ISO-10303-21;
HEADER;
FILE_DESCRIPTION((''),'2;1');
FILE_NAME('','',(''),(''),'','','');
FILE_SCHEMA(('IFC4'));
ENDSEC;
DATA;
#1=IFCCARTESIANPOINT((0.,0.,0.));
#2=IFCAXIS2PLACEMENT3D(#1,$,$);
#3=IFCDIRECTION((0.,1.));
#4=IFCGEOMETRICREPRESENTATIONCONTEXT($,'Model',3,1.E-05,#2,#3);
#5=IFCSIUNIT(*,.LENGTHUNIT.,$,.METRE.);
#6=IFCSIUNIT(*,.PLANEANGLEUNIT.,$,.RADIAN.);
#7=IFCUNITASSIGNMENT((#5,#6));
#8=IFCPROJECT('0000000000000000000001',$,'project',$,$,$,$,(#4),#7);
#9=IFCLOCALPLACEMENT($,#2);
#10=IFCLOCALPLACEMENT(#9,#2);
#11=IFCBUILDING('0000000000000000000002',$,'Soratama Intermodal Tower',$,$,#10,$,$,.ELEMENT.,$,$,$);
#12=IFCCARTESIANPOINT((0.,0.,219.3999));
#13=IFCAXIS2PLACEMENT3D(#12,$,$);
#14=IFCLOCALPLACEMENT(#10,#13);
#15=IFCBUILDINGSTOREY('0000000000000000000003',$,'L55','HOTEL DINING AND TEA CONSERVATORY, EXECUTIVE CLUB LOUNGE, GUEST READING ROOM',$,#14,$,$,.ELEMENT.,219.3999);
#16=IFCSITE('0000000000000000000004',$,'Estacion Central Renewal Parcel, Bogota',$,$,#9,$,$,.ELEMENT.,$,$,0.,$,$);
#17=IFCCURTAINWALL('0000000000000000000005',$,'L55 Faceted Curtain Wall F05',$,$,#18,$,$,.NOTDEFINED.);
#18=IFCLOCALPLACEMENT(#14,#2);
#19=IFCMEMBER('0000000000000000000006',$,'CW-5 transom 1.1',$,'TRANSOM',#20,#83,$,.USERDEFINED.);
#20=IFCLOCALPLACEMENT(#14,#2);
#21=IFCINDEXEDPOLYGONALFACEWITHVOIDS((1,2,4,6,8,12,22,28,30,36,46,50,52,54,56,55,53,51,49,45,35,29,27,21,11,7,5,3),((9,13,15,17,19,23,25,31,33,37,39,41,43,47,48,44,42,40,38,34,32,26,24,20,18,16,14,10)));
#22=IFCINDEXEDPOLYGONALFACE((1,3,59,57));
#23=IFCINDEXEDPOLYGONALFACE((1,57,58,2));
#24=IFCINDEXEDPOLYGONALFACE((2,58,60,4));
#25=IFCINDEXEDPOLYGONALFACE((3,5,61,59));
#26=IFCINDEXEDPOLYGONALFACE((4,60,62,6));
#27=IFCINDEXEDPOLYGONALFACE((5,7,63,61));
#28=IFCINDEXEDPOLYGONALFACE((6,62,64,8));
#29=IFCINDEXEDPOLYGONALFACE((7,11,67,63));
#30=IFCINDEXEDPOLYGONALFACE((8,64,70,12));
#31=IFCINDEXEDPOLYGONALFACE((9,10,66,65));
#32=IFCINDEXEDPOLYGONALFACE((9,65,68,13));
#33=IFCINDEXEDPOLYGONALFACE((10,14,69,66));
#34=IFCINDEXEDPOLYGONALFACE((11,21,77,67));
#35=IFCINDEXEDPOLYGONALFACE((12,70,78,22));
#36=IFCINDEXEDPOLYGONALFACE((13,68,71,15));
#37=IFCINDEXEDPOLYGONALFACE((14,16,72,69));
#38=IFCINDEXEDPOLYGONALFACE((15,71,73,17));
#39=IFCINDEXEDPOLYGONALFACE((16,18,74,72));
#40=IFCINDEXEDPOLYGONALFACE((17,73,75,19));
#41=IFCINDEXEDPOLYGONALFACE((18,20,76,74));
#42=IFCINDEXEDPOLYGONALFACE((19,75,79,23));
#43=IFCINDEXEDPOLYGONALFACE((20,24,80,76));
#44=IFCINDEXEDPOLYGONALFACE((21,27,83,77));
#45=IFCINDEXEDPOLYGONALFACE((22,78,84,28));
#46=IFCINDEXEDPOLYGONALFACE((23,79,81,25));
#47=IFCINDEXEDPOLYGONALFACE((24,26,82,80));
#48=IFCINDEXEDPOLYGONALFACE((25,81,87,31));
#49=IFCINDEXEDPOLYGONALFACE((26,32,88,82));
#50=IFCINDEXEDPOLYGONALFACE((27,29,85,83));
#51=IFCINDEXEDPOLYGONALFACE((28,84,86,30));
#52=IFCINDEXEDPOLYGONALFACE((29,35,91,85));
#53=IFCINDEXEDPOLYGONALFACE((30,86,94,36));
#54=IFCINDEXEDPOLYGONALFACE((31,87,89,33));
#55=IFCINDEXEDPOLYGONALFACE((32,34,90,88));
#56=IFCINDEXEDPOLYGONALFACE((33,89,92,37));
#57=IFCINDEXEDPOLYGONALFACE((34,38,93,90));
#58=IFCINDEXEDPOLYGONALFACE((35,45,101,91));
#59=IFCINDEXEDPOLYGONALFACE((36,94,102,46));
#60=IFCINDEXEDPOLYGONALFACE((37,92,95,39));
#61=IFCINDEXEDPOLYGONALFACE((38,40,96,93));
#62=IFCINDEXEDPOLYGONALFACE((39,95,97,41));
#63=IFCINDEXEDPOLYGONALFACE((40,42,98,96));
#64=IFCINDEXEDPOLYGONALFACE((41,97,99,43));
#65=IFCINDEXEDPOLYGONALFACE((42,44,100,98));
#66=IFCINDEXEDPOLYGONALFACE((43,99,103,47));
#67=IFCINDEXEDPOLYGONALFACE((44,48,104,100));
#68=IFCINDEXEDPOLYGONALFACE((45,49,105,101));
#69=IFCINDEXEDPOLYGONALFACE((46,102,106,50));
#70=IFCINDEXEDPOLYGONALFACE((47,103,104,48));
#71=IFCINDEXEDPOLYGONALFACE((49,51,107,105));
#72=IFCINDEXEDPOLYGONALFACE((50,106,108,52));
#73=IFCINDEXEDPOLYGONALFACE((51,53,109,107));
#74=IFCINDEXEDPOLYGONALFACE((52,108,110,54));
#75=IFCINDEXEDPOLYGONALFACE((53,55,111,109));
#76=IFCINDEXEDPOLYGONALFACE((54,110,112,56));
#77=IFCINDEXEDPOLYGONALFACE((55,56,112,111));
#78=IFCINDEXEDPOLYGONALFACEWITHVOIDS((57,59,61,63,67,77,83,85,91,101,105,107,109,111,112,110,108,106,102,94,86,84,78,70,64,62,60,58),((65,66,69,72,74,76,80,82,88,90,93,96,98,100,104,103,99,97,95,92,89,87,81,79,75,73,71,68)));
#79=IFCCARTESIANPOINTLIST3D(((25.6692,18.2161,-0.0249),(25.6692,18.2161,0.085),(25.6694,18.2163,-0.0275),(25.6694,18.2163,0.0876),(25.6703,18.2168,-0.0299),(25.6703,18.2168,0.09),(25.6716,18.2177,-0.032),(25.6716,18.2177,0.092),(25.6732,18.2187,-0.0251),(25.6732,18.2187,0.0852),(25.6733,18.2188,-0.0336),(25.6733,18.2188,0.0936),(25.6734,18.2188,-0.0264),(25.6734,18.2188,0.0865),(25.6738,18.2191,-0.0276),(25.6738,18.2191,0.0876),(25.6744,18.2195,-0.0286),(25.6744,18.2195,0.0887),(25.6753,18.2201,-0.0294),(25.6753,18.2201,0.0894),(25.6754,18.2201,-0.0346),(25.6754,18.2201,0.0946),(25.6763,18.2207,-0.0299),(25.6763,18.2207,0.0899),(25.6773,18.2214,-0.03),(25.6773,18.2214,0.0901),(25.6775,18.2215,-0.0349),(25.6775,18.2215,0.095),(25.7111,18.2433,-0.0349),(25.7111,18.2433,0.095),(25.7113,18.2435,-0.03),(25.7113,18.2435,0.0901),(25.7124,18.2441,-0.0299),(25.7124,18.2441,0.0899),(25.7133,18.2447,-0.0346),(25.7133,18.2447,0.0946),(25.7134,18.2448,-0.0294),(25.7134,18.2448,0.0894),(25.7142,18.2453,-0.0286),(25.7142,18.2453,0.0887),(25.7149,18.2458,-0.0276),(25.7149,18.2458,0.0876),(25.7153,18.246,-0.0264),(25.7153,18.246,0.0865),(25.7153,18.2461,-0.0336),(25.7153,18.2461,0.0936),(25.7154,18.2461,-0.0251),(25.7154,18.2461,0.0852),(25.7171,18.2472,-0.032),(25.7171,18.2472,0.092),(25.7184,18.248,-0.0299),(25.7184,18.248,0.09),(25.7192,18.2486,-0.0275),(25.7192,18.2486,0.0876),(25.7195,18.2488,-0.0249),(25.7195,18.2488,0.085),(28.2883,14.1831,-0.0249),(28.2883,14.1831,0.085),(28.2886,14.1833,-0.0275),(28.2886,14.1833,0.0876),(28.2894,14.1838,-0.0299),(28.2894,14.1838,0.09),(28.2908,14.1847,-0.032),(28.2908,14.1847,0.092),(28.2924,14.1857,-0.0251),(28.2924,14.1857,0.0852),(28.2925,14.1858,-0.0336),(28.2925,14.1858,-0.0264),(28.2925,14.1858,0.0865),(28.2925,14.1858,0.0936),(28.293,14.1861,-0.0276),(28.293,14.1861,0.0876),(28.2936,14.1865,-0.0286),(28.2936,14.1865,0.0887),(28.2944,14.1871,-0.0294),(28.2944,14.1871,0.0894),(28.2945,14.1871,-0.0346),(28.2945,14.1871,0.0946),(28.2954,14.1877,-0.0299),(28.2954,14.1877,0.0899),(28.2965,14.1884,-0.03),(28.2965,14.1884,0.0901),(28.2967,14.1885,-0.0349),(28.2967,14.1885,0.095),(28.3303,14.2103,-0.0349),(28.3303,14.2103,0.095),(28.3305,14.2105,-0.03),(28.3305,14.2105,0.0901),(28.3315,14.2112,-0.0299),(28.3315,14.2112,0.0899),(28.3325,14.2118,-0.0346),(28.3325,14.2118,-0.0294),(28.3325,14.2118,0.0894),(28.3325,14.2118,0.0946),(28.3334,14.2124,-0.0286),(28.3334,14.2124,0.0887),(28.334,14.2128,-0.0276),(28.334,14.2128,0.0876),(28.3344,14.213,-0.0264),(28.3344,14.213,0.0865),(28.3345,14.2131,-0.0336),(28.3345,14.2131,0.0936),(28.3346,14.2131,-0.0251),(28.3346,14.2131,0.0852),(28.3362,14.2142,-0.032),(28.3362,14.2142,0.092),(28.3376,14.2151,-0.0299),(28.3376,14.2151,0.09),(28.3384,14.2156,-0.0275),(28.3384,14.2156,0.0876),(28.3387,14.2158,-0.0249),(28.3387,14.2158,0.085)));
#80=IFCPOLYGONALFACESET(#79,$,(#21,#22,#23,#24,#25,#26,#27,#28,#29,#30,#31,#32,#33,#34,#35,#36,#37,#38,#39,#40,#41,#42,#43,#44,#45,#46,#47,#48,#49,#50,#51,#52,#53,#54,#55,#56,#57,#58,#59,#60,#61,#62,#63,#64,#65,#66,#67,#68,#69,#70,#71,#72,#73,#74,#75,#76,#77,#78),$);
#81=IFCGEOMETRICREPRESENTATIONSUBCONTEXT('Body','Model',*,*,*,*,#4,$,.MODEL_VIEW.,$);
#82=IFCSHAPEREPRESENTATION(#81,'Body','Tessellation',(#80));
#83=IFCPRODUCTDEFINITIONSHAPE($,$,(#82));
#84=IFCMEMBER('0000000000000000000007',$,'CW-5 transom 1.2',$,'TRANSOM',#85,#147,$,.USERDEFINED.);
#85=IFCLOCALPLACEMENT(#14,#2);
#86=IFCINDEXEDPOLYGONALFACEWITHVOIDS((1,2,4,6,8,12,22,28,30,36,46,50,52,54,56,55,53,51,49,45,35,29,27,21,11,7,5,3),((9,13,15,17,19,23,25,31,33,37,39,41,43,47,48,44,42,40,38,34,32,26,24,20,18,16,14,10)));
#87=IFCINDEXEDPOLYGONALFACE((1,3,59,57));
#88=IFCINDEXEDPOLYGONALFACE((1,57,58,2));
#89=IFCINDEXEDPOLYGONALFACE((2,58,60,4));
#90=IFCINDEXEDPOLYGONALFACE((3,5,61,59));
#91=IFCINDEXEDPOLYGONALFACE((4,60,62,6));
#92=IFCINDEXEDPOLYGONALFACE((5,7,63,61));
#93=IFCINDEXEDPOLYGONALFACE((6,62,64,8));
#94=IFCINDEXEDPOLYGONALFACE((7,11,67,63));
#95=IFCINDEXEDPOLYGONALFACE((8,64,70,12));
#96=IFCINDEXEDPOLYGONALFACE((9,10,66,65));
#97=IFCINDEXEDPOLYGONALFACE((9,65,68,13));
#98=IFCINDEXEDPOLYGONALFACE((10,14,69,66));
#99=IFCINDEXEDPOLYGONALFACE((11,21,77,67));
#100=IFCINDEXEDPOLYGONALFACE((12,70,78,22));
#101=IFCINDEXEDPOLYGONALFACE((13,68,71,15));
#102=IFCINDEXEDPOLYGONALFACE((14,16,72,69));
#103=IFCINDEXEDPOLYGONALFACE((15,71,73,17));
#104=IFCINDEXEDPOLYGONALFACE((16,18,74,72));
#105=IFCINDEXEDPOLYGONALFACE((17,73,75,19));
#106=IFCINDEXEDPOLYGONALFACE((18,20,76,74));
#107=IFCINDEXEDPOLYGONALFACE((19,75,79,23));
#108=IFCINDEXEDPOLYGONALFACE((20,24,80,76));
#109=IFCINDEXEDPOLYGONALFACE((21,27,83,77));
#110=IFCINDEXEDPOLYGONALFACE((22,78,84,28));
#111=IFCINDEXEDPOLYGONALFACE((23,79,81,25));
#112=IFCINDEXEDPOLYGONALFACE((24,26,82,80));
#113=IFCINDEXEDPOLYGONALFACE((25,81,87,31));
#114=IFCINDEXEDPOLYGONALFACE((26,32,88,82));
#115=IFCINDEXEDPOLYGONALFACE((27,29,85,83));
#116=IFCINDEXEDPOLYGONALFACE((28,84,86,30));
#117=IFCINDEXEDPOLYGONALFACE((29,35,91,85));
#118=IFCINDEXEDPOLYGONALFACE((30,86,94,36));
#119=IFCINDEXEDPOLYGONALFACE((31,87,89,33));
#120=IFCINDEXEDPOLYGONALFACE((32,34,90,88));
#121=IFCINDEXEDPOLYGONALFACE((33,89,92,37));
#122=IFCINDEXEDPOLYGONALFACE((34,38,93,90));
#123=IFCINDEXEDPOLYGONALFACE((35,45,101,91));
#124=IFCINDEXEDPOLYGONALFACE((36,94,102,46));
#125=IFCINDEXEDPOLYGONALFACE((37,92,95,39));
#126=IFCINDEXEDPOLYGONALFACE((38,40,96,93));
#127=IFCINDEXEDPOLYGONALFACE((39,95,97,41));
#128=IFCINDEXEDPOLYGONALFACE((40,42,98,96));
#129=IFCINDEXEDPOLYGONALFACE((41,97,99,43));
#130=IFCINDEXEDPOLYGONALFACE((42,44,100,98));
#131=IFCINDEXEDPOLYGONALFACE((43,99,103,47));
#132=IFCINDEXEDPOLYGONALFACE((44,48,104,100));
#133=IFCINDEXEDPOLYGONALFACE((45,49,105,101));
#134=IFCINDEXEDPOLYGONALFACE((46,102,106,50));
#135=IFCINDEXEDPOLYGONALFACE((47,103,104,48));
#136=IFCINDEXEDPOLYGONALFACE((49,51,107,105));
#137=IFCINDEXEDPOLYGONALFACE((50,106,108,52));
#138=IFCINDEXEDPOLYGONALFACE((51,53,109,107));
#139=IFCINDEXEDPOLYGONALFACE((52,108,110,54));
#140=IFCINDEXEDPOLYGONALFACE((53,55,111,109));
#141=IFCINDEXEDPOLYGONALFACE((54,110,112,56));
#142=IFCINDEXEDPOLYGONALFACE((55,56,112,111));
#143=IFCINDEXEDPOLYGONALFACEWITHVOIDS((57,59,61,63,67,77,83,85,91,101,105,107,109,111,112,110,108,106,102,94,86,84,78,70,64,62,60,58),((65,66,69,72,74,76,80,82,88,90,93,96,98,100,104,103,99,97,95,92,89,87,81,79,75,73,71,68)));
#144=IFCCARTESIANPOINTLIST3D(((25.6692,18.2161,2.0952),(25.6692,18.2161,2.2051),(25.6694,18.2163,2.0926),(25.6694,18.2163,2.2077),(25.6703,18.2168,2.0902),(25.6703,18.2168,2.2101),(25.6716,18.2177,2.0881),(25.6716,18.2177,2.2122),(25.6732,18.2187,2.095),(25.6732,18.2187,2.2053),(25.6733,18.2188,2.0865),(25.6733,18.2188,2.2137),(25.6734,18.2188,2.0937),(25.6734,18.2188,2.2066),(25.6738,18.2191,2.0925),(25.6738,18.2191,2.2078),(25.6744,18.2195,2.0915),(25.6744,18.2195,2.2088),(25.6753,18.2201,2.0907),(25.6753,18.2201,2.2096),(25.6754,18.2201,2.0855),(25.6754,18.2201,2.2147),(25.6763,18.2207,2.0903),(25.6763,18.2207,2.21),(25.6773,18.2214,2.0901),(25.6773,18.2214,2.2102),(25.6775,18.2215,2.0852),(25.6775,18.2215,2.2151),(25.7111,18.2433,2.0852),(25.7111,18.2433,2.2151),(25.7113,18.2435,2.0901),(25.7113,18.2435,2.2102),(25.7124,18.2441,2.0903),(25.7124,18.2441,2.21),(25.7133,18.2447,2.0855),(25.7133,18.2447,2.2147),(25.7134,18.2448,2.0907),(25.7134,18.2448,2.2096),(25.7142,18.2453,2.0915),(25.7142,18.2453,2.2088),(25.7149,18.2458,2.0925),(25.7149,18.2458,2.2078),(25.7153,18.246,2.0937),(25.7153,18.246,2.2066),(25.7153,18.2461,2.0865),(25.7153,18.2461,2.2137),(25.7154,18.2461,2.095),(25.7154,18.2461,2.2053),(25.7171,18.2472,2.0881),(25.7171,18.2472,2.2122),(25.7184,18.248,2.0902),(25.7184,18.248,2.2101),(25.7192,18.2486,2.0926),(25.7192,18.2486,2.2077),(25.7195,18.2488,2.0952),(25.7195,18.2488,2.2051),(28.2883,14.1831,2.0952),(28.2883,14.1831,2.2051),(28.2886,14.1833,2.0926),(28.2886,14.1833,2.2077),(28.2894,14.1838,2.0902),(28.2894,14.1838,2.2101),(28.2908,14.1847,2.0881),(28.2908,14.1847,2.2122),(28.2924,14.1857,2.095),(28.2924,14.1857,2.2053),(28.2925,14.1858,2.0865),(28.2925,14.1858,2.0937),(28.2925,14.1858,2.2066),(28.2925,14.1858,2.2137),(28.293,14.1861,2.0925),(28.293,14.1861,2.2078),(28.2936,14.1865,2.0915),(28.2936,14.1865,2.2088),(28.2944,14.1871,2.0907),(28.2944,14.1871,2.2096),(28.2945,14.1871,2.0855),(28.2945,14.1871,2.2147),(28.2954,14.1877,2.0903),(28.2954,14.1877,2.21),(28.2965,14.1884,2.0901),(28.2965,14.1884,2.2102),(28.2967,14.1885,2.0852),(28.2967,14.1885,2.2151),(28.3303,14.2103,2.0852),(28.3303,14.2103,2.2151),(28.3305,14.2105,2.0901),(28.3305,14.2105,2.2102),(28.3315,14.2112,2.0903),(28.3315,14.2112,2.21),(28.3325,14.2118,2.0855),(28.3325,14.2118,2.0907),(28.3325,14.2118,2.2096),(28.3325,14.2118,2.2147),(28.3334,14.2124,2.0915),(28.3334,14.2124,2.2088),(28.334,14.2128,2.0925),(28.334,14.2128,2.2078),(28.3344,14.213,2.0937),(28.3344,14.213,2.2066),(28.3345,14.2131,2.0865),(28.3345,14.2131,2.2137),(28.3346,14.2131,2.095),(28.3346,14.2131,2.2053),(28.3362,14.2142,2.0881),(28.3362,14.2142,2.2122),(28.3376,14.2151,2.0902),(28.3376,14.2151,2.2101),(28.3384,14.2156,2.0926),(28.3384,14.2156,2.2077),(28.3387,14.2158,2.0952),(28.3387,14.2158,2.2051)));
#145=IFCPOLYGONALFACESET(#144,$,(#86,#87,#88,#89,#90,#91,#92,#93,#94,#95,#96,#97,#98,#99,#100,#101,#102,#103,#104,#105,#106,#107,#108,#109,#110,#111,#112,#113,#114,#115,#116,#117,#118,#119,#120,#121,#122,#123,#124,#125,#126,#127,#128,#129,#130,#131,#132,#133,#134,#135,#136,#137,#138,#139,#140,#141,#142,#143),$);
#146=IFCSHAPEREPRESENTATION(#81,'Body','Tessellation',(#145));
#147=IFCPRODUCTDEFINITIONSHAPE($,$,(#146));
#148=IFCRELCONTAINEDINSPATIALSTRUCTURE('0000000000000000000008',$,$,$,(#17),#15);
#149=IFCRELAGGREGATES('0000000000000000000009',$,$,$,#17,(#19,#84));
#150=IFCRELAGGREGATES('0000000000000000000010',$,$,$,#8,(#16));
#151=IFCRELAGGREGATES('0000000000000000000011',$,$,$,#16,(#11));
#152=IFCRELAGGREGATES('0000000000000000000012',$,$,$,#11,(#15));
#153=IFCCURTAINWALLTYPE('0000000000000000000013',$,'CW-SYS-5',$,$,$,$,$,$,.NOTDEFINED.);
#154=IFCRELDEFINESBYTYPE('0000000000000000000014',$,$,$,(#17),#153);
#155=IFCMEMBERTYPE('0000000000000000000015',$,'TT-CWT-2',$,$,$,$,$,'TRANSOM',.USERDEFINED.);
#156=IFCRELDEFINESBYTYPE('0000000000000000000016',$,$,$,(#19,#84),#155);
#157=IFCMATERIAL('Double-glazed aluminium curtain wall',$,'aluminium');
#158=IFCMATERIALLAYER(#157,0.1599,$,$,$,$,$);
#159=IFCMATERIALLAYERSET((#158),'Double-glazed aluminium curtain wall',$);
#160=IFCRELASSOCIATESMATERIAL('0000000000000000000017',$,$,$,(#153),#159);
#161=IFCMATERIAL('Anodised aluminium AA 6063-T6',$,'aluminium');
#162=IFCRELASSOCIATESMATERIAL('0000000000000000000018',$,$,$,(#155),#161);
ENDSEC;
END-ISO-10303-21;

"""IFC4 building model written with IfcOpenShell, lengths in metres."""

from ifc_helpers import new_model, si_unit, direction, frame, origin, origin_2d, place, context, subcontext, project, spatial, hollow_rectangle, extrude, material, layer, layer_set, material_profile, profile_set, type_object, element, aggregate, save


model = new_model("IFC4")

# Units and contexts
model_context = context("Model", 3, precision=1e-05, world=origin(), true_north=direction((0.0, 1.0)))
body_context = subcontext(model_context, "Body", "Model", "MODEL_VIEW")
ifc_project = project(units=[si_unit("LENGTHUNIT", "METRE"), si_unit("PLANEANGLEUNIT", "RADIAN")], contexts=[model_context])

# Site, building, storey
site_placement = place(None, origin())
site = spatial("IfcSite", under=ifc_project, at=site_placement, Name="Estacion Central Renewal Parcel, Bogota", CompositionType="ELEMENT", RefElevation=0.0)
building_placement = place(site_placement, origin())
building = spatial("IfcBuilding", under=site, at=building_placement, Name="Soratama Intermodal Tower", CompositionType="ELEMENT")
storey_placement = place(building_placement, frame((0.0, 0.0, 219.3999)))
storey = spatial("IfcBuildingStorey", under=building, at=storey_placement, Name="L55", Description="HOTEL DINING AND TEA CONSERVATORY, EXECUTIVE CLUB LOUNGE, GUEST READING ROOM", CompositionType="ELEMENT", Elevation=219.3999)

# Curtain wall, members
ifc_material_1 = material(Name="Double-glazed aluminium curtain wall", Category="aluminium")
ifc_layer_1 = layer(ifc_material_1, 0.1599)
ifc_layer_set_1 = layer_set([ifc_layer_1], Name="Double-glazed aluminium curtain wall")
curtain_wall_type = type_object("IfcCurtainWallType", Name="CW-SYS-5", PredefinedType="NOTDEFINED", material=ifc_layer_set_1)
curtain_wall_placement = place(storey_placement, origin())
curtain_wall = element("IfcCurtainWall", 1, at=curtain_wall_placement, inside=storey, type_object=curtain_wall_type, Name="L55 Faceted Curtain Wall F05", PredefinedType="NOTDEFINED")
ifc_material_2 = material(Name="Anodised aluminium AA 6063-T6", Category="aluminium")
ifc_material_profile_1 = material_profile(ifc_material_2, hollow_rectangle(XDim=0.0601, YDim=0.1299, WallThickness=0.0049, InnerFilletRadius=0.0049, OuterFilletRadius=0.01, at=origin_2d()), Name="CWT130X60X5")
ifc_profile_set_1 = profile_set([ifc_material_profile_1], Name="Anodised aluminium AA 6063-T6")
member_type_1 = type_object("IfcMemberType", Name="TT-CWT-2", ElementType="TRANSOM", PredefinedType="USERDEFINED", material=ifc_profile_set_1)
member_1_placement = place(storey_placement, frame((25.6943, 18.2324, 0.03), z_axis=(0.544655, -0.83866, 0.0), x_axis=(0.83866, 0.544655, 0.0)))
member_1 = element("IfcMember", 2, at=member_1_placement, type_object=member_type_1, Name="CW-5 transom 1.1", ObjectType="TRANSOM", PredefinedType="USERDEFINED", context=body_context, shape_type="SweptSolid", body=[
    extrude(hollow_rectangle(XDim=0.0601, YDim=0.1299, WallThickness=0.0049, InnerFilletRadius=0.0049, OuterFilletRadius=0.01, at=origin_2d()), origin(), (0.0, 0.0, 1.0), 4.8088),
])
member_2_placement = place(storey_placement, frame((25.6943, 18.2324, 2.1501), z_axis=(0.544655, -0.83866, 0.0), x_axis=(0.83866, 0.544655, 0.0)))
member_2 = element("IfcMember", 3, at=member_2_placement, type_object=member_type_1, Name="CW-5 transom 1.2", ObjectType="TRANSOM", PredefinedType="USERDEFINED", context=body_context, shape_type="SweptSolid", body=[
    extrude(hollow_rectangle(XDim=0.0601, YDim=0.1299, WallThickness=0.0049, InnerFilletRadius=0.0049, OuterFilletRadius=0.01, at=origin_2d()), origin(), (0.0, 0.0, 1.0), 4.8088),
])
aggregate(curtain_wall, [member_1, member_2])

save(model, "model.ifc")
